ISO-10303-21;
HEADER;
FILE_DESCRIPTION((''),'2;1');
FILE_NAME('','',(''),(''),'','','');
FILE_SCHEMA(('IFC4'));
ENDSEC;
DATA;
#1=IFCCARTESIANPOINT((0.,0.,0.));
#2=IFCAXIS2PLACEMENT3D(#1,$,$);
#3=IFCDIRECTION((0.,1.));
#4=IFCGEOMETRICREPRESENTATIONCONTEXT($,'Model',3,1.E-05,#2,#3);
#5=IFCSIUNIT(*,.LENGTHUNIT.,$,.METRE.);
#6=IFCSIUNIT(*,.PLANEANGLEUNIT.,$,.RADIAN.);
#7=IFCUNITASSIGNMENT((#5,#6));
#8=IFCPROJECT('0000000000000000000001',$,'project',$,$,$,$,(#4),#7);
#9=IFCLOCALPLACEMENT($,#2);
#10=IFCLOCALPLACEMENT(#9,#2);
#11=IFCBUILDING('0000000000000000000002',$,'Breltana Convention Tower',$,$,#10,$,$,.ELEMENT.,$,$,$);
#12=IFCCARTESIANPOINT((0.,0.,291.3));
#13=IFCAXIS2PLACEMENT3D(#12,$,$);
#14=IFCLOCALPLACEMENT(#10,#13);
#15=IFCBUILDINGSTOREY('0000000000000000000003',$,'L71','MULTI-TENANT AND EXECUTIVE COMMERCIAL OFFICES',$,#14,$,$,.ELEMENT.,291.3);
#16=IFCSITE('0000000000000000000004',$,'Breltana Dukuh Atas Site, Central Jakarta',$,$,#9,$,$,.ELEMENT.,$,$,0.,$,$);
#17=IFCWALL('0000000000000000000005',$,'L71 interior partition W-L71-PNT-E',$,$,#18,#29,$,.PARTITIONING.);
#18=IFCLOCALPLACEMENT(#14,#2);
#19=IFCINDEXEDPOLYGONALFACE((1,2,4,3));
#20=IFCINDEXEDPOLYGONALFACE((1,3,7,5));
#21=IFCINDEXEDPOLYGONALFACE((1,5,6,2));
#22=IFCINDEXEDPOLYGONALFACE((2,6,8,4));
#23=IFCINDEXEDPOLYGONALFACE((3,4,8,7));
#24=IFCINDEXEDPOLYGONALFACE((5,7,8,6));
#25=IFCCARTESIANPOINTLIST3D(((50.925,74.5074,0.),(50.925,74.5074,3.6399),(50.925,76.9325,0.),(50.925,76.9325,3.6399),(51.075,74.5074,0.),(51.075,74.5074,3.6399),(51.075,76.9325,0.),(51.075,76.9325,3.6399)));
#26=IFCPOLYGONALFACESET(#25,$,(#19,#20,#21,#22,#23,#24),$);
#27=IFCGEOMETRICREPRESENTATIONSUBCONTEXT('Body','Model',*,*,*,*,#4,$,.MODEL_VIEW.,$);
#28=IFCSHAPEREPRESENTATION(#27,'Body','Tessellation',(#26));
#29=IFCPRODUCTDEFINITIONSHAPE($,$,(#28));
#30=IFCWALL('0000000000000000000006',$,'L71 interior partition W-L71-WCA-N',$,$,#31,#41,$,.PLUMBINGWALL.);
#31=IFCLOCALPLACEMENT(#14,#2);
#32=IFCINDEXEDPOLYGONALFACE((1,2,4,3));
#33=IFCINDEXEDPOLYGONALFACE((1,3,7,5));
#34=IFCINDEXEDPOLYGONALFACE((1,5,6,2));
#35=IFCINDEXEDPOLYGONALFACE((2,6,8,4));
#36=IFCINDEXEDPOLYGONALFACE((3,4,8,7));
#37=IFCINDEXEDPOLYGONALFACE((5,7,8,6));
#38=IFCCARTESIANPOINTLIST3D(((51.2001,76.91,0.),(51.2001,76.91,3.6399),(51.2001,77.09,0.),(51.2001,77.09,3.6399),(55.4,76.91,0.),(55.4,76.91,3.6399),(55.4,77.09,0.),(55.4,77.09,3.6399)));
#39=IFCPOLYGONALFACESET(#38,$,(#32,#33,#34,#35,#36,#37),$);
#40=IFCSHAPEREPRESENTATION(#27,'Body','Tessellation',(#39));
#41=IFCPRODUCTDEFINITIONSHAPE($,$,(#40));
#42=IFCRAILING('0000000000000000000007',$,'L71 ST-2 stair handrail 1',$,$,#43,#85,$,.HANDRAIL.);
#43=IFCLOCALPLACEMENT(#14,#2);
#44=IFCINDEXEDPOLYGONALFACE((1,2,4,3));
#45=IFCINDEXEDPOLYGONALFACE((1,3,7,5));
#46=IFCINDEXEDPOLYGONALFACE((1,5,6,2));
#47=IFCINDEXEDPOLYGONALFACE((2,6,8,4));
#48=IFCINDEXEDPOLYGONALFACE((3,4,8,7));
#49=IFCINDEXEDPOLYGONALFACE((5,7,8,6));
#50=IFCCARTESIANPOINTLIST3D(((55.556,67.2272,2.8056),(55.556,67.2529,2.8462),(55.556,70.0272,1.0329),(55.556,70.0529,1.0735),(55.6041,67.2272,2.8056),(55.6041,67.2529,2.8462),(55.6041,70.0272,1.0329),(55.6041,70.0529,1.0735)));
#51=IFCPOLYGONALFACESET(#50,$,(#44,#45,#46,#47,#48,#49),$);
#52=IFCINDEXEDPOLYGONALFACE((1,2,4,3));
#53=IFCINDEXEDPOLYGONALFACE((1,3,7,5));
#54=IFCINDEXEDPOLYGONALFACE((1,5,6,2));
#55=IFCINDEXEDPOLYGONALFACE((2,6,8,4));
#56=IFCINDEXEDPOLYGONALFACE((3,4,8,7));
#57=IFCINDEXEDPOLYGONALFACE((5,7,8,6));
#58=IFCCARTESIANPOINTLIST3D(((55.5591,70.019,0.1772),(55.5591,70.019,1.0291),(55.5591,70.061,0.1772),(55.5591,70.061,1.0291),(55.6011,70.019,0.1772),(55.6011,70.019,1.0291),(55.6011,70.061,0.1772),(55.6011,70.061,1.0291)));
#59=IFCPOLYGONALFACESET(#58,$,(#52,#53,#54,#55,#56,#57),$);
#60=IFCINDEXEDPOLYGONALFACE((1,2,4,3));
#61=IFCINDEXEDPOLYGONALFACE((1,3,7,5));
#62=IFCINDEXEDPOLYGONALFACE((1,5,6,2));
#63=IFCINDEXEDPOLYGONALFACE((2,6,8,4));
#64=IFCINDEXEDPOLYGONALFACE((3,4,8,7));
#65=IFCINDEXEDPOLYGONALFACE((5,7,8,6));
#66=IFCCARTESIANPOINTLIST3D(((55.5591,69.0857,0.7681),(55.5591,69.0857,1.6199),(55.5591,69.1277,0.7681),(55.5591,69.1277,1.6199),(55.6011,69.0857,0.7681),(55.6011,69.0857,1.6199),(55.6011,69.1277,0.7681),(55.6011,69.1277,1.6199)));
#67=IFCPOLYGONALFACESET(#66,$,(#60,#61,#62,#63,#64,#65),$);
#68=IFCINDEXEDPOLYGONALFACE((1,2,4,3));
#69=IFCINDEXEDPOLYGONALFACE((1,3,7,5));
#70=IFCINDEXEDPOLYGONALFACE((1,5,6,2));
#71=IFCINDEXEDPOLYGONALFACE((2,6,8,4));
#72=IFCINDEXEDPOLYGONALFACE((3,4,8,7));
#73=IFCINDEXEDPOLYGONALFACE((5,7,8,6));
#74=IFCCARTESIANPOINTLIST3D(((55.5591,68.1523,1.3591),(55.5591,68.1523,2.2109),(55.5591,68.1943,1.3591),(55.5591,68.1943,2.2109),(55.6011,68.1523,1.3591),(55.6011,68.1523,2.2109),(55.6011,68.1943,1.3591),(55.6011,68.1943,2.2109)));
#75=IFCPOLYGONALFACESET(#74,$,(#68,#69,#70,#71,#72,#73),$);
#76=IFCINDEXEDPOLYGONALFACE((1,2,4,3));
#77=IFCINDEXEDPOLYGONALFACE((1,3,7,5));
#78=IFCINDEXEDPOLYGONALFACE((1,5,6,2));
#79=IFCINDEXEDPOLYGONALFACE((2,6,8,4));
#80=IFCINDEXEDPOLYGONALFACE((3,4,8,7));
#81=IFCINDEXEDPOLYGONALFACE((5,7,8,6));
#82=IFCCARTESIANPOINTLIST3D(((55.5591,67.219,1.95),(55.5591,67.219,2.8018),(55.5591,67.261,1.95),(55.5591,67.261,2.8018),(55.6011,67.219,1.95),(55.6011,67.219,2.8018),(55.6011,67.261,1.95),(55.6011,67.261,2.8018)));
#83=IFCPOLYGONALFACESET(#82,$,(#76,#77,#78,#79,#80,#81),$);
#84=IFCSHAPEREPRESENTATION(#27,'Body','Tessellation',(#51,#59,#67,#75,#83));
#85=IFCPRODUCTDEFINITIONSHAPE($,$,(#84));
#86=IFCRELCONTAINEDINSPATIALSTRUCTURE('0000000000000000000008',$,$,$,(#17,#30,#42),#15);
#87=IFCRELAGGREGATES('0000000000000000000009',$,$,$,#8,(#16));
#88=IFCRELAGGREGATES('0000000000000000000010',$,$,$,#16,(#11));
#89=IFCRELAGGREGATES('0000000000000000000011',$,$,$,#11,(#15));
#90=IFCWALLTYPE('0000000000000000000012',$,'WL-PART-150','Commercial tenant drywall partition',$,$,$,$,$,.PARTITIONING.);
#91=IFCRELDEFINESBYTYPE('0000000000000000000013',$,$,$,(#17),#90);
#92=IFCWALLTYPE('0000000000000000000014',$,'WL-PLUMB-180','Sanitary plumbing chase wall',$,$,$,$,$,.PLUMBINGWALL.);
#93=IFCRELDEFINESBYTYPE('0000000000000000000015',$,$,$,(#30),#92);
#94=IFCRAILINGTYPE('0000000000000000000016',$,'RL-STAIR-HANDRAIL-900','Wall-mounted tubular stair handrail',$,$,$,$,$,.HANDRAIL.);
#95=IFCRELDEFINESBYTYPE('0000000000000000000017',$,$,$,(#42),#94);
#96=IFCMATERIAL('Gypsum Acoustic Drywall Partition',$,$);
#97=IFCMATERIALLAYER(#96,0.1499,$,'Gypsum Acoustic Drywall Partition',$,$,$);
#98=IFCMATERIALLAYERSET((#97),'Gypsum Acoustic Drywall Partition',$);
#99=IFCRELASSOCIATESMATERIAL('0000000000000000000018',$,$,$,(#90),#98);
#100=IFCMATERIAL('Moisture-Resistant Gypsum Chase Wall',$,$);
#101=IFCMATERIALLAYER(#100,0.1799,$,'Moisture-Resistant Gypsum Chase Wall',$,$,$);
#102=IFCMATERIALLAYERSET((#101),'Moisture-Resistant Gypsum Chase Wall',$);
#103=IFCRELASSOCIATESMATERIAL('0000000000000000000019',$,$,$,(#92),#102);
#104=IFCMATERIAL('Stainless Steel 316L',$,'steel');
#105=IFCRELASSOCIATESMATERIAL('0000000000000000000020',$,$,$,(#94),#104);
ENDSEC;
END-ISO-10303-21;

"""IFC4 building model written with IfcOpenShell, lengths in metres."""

from ifc_helpers import new_model, si_unit, direction, frame, frame_2d, origin, origin_2d, place, context, subcontext, project, spatial, rectangle, extrude, source, transform, mapped, material, layer, layer_set, type_object, element, save


model = new_model("IFC4")

# Units and contexts
model_context = context("Model", 3, precision=1e-05, world=origin(), true_north=direction((0.0, 1.0)))
body_context = subcontext(model_context, "Body", "Model", "MODEL_VIEW")
ifc_project = project(units=[si_unit("LENGTHUNIT", "METRE"), si_unit("PLANEANGLEUNIT", "RADIAN")], contexts=[model_context])

# Site, building, storey
site_placement = place(None, origin())
site = spatial("IfcSite", under=ifc_project, at=site_placement, Name="Breltana Dukuh Atas Site, Central Jakarta", CompositionType="ELEMENT", RefElevation=0.0)
building_placement = place(site_placement, origin())
building = spatial("IfcBuilding", under=site, at=building_placement, Name="Breltana Convention Tower", CompositionType="ELEMENT")
storey_placement = place(building_placement, frame((0.0, 0.0, 291.3)))
storey = spatial("IfcBuildingStorey", under=building, at=storey_placement, Name="L71", Description="MULTI-TENANT AND EXECUTIVE COMMERCIAL OFFICES", CompositionType="ELEMENT", Elevation=291.3)

# Shared definitions
ifc_material_1 = material(Name="Gypsum Acoustic Drywall Partition")
ifc_layer_1 = layer(ifc_material_1, 0.1499, Name="Gypsum Acoustic Drywall Partition")
ifc_layer_set_1 = layer_set([ifc_layer_1], Name="Gypsum Acoustic Drywall Partition")
wall_type_1 = type_object("IfcWallType", Name="WL-PART-150", Description="Commercial tenant drywall partition", PredefinedType="PARTITIONING", material=ifc_layer_set_1)

# Wall
shared_shape_1 = source(origin(), body_context, "Body", "SweptSolid", [
    extrude(rectangle(XDim=2.425, YDim=0.1499, at=frame_2d((1.2124, 0.0))), origin(), (0.0, 0.0, 1.0), 3.6399),
])
wall_1_placement = place(storey_placement, frame((51.0, 74.5076, 0.0), z_axis=(0.0, 0.0, 1.0), x_axis=(0.0, 1.0, 0.0)))
element("IfcWall", 1, at=wall_1_placement, inside=storey, type_object=wall_type_1, Name="L71 interior partition W-L71-PNT-E", PredefinedType="PARTITIONING", context=body_context, shape_type="MappedRepresentation", body=[
    mapped(shared_shape_1, transform((0.0, 0.0, 0.0), scale=1.0)),
])

# Wall
ifc_material_2 = material(Name="Moisture-Resistant Gypsum Chase Wall")
ifc_layer_2 = layer(ifc_material_2, 0.1799, Name="Moisture-Resistant Gypsum Chase Wall")
ifc_layer_set_2 = layer_set([ifc_layer_2], Name="Moisture-Resistant Gypsum Chase Wall")
wall_type_2 = type_object("IfcWallType", Name="WL-PLUMB-180", Description="Sanitary plumbing chase wall", PredefinedType="PLUMBINGWALL", material=ifc_layer_set_2)
shared_shape_2 = source(origin(), body_context, "Body", "SweptSolid", [
    extrude(rectangle(XDim=4.2, YDim=0.1799, at=frame_2d((2.1001, 0.0))), origin(), (0.0, 0.0, 1.0), 3.6399),
])
wall_2_placement = place(storey_placement, frame((51.2, 77.0, 0.0), z_axis=(0.0, 0.0, 1.0), x_axis=(1.0, 0.0, 0.0)))
element("IfcWall", 2, at=wall_2_placement, inside=storey, type_object=wall_type_2, Name="L71 interior partition W-L71-WCA-N", PredefinedType="PLUMBINGWALL", context=body_context, shape_type="MappedRepresentation", body=[
    mapped(shared_shape_2, transform((0.0, 0.0, 0.0), scale=1.0)),
])

# Railing
ifc_material_3 = material(Name="Stainless Steel 316L", Category="steel")
railing_type = type_object("IfcRailingType", Name="RL-STAIR-HANDRAIL-900", Description="Wall-mounted tubular stair handrail", PredefinedType="HANDRAIL", material=ifc_material_3)
railing_placement = place(storey_placement, frame((55.5801, 70.04, 0.1772)))
element("IfcRailing", 3, at=railing_placement, inside=storey, type_object=railing_type, Name="L71 ST-2 stair handrail 1", PredefinedType="HANDRAIL", context=body_context, shape_type="SweptSolid", body=[
    extrude(rectangle(XDim=0.0481, YDim=0.0481, at=origin_2d()), frame((0.0, 0.0, 0.876), z_axis=(0.0, -0.844909, 0.53491), x_axis=(1.0, 0.0, 0.0)), (0.0, 0.0, 1.0), 3.314),
    extrude(rectangle(XDim=0.042, YDim=0.042, at=origin_2d()), origin(), (0.0, 0.0, 1.0), 0.8518),
    extrude(rectangle(XDim=0.042, YDim=0.042, at=origin_2d()), frame((0.0, -0.9333, 0.5908)), (0.0, 0.0, 1.0), 0.8518),
    extrude(rectangle(XDim=0.042, YDim=0.042, at=origin_2d()), frame((0.0, -1.8667, 1.1819)), (0.0, 0.0, 1.0), 0.8518),
    extrude(rectangle(XDim=0.042, YDim=0.042, at=origin_2d()), frame((0.0, -2.8, 1.7727)), (0.0, 0.0, 1.0), 0.8518),
])

save(model, "model.ifc")
